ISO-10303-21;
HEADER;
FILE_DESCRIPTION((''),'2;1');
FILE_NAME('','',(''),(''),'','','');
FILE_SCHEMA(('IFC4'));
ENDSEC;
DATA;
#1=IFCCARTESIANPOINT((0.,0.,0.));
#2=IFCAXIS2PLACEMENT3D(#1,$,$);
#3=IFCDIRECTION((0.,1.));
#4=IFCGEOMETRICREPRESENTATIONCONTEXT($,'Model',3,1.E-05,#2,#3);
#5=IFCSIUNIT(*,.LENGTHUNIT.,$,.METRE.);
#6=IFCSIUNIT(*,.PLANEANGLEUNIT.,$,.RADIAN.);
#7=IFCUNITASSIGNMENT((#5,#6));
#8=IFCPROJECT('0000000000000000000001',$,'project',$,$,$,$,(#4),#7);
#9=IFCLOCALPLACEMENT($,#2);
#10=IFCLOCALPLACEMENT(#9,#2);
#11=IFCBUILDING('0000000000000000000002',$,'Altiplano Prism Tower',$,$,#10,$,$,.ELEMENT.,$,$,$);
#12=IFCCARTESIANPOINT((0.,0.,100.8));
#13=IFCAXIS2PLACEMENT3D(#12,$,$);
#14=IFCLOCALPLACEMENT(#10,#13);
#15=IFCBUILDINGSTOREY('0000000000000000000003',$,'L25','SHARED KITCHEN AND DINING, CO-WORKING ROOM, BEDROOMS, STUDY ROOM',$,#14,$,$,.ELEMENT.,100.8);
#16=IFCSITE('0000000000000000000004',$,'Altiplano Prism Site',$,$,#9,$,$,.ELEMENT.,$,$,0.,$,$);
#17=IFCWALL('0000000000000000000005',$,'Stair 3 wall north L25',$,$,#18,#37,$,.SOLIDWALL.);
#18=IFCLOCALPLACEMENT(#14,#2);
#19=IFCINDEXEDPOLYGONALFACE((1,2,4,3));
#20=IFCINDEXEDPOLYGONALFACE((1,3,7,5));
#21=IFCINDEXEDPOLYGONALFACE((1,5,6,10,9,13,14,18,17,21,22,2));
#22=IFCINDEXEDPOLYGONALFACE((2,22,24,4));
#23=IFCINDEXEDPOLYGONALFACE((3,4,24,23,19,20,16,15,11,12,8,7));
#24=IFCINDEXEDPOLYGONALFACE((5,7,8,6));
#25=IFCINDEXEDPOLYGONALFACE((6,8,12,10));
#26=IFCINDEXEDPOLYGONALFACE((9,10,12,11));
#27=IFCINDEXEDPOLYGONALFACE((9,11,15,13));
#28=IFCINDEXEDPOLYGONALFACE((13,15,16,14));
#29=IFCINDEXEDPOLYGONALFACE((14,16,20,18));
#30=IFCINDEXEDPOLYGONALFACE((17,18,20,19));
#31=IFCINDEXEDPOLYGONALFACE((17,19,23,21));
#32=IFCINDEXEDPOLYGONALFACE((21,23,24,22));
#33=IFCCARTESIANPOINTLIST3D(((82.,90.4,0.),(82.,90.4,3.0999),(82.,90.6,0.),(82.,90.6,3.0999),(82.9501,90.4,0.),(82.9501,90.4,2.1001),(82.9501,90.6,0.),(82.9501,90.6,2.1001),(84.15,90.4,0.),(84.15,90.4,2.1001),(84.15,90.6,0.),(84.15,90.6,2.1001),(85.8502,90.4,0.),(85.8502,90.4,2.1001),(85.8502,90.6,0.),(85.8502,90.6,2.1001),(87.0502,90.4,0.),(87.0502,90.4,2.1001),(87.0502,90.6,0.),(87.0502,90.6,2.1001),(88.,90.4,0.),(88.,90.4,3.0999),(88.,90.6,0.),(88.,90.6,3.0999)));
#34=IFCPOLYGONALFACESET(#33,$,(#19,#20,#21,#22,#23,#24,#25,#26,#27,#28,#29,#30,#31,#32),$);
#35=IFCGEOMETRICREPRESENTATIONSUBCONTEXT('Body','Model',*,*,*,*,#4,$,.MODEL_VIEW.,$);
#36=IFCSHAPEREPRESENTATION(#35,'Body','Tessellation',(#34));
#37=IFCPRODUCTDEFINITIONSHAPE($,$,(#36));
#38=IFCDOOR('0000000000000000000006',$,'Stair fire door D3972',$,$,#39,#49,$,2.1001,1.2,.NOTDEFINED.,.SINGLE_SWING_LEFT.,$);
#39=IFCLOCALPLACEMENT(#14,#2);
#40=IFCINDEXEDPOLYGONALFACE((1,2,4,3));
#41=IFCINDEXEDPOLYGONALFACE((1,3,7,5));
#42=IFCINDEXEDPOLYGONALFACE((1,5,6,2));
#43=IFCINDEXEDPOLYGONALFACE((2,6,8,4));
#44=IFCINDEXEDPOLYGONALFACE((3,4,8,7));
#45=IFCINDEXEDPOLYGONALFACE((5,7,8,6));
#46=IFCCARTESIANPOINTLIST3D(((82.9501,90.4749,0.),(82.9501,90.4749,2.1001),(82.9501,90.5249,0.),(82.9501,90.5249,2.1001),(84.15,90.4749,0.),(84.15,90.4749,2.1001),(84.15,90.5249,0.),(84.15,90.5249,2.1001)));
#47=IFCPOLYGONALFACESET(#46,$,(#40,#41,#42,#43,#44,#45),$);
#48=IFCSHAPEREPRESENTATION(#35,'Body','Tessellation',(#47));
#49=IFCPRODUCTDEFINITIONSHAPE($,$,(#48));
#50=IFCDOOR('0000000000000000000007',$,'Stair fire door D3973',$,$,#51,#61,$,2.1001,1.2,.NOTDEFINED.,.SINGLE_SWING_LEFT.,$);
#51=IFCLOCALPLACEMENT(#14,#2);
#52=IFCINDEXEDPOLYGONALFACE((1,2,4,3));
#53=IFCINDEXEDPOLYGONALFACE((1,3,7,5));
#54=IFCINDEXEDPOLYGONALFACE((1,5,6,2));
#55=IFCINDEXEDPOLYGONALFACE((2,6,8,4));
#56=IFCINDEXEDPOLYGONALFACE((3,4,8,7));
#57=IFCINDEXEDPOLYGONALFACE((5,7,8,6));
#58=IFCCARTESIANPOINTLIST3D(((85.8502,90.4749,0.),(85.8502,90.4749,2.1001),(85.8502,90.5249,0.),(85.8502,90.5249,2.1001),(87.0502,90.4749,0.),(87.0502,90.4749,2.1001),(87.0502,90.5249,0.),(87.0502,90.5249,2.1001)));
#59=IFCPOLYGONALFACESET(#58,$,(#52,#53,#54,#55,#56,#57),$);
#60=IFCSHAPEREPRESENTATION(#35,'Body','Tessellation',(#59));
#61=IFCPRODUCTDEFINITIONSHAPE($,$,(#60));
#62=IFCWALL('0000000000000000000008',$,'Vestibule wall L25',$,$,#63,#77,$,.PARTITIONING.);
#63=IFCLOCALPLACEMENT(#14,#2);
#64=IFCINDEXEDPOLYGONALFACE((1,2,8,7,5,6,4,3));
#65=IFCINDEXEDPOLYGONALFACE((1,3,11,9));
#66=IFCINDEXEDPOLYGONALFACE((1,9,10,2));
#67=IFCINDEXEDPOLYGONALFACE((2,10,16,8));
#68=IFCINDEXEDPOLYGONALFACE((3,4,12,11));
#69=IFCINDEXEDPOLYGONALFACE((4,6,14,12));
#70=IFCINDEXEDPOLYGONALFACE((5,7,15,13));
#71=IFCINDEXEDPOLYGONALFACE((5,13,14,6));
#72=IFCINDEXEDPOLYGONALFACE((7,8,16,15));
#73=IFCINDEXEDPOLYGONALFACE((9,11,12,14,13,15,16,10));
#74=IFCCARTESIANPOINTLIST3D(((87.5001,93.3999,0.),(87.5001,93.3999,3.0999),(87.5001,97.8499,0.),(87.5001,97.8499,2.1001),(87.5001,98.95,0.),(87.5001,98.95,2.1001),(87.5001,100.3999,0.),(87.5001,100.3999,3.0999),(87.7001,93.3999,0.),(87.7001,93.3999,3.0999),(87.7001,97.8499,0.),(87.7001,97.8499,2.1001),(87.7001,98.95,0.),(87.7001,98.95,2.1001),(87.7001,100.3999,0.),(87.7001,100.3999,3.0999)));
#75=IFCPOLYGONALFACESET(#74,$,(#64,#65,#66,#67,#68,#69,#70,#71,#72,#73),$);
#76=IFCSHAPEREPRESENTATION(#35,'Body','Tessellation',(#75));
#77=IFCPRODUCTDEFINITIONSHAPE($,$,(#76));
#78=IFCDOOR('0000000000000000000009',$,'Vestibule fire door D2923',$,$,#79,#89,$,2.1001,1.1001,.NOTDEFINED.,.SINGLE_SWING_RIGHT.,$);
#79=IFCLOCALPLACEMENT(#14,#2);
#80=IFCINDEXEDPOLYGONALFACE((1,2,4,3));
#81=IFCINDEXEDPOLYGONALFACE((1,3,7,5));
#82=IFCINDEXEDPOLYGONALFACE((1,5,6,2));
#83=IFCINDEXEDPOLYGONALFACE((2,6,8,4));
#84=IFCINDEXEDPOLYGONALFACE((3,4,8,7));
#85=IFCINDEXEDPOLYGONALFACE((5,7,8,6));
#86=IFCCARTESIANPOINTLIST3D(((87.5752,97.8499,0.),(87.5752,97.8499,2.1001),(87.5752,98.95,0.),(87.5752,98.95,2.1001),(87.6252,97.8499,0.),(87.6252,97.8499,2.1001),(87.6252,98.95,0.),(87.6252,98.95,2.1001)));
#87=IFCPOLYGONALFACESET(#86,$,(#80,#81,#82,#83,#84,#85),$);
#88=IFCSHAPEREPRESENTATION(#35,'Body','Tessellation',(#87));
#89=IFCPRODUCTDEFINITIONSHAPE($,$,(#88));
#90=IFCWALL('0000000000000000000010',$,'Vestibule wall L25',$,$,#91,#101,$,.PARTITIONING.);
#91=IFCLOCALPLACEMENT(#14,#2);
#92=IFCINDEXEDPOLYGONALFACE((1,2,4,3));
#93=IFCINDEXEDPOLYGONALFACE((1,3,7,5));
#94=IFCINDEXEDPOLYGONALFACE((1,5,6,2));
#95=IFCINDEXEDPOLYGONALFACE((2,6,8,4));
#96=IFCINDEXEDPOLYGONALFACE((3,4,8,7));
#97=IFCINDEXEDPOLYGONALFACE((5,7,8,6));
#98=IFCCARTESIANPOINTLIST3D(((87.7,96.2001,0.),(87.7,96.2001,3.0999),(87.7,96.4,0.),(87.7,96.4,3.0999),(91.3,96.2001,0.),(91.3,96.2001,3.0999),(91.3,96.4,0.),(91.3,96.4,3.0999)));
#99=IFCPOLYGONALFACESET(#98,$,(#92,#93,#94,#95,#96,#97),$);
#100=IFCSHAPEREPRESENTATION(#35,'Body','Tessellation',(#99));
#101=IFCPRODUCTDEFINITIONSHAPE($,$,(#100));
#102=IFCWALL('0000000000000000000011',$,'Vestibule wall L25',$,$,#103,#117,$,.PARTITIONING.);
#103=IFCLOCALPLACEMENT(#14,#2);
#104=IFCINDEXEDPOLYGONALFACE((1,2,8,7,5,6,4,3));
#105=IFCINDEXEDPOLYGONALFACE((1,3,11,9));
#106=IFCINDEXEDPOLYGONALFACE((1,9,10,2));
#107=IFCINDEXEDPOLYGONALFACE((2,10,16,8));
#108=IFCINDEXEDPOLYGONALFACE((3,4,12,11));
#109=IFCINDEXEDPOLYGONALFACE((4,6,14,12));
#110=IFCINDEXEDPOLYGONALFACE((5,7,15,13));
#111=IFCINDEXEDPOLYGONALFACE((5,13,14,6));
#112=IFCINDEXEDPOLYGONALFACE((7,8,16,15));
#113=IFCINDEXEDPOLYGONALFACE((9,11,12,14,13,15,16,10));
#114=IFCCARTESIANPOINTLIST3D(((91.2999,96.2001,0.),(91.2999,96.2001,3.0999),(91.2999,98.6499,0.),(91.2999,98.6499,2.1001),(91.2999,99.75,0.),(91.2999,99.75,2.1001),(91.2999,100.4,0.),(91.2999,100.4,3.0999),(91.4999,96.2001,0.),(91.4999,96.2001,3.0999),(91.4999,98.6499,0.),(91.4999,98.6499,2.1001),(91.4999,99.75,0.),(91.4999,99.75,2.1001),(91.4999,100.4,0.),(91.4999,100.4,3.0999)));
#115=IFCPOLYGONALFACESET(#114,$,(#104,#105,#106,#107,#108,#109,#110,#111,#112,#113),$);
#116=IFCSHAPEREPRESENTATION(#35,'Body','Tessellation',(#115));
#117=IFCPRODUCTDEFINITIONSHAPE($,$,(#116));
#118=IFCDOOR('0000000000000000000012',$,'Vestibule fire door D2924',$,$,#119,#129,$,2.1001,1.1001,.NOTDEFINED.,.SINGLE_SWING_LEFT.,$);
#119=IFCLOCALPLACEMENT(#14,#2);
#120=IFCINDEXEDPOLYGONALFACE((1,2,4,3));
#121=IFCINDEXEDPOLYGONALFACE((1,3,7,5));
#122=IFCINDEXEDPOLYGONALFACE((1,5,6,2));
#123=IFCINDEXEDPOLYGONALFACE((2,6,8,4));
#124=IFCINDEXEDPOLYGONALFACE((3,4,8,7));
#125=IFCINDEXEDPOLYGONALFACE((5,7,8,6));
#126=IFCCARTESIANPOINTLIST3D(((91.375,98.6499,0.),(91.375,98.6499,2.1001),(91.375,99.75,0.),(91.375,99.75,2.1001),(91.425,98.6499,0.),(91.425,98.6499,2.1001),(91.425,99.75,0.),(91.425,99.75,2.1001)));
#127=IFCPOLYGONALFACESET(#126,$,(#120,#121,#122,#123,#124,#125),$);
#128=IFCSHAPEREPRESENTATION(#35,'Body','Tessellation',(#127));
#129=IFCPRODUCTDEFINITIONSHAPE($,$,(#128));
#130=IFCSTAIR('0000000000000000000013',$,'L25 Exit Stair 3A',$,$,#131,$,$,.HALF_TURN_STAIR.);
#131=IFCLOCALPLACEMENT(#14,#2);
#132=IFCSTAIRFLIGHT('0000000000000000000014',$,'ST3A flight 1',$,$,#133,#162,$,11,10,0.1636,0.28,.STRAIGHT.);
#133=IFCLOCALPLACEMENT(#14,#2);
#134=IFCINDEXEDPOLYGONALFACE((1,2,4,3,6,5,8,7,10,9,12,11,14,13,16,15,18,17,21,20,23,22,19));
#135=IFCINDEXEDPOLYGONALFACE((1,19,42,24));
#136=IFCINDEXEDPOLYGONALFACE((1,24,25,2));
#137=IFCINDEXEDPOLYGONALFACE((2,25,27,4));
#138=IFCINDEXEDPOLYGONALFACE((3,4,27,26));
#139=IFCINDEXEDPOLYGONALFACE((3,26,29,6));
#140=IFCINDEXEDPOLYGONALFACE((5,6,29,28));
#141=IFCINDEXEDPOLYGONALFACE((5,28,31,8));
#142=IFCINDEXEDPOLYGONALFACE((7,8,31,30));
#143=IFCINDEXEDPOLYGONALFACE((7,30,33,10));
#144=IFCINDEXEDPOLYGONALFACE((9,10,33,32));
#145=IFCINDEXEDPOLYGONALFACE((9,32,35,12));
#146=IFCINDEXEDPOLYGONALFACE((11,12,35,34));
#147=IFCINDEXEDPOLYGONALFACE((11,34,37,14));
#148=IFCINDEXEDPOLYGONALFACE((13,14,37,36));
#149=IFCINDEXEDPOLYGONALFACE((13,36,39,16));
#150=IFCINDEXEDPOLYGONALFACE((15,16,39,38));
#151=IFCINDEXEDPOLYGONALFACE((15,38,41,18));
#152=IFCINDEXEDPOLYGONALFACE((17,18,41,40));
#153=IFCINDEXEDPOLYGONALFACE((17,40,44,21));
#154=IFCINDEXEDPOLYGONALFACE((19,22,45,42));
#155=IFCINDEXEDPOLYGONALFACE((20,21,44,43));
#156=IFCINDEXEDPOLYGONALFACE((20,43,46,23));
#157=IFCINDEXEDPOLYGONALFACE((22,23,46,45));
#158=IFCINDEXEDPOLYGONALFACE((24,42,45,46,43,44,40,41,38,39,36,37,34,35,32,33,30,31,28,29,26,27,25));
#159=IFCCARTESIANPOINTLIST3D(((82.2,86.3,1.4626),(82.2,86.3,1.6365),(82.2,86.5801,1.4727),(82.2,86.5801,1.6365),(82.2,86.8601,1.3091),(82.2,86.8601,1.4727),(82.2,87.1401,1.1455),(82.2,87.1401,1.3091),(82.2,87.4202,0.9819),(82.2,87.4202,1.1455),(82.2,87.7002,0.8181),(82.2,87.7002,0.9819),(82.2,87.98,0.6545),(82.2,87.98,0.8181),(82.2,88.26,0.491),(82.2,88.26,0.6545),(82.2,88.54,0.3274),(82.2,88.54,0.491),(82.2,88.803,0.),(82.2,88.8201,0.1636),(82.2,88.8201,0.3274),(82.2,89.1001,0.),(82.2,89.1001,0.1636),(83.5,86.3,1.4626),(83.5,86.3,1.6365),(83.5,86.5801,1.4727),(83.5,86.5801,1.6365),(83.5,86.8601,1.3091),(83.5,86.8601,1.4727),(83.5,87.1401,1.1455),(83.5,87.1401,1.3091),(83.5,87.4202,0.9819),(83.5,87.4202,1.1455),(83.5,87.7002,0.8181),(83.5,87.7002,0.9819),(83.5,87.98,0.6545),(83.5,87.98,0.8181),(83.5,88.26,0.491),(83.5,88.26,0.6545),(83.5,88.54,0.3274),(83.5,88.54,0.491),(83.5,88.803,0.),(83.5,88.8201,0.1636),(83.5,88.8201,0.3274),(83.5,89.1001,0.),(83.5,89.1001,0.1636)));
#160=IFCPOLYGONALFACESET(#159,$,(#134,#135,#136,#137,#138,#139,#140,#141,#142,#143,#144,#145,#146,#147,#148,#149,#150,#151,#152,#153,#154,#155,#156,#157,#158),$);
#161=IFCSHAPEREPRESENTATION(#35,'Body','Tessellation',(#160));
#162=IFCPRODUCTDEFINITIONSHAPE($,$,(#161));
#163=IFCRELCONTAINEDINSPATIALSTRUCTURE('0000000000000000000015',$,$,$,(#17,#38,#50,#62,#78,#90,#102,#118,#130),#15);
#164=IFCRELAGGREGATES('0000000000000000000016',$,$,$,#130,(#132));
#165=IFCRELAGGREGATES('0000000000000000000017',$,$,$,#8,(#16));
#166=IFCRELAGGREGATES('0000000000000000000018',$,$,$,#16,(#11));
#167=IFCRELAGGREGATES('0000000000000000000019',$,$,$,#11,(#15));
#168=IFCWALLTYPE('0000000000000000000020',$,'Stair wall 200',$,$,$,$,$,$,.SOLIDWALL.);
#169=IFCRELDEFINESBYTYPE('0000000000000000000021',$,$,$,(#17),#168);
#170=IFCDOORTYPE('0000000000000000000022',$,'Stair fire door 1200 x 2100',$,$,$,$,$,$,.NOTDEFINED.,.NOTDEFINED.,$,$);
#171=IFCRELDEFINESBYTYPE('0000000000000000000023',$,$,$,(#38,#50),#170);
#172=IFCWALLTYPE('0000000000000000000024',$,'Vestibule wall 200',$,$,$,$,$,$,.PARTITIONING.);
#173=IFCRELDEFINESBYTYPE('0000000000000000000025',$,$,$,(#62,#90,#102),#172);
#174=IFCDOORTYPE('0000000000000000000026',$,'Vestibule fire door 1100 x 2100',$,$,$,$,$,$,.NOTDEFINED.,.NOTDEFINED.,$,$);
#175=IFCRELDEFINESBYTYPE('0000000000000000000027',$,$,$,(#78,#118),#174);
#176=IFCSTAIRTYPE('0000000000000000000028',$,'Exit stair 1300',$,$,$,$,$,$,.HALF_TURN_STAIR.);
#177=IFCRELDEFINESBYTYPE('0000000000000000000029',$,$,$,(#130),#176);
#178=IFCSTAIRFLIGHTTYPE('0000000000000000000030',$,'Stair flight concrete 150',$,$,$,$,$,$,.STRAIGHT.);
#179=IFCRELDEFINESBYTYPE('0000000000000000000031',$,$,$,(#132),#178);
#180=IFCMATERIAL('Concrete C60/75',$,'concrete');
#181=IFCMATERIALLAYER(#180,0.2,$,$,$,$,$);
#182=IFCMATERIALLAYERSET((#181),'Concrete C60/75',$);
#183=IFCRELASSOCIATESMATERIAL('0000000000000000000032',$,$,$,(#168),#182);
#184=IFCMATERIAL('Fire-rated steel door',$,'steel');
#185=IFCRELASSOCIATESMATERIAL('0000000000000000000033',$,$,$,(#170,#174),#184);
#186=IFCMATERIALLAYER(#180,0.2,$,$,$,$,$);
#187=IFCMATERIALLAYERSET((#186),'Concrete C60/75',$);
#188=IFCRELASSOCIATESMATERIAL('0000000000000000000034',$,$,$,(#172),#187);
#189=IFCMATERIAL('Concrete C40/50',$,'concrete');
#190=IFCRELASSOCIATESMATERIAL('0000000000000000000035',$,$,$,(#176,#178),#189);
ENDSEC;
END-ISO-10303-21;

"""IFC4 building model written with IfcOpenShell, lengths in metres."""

from ifc_helpers import new_model, si_unit, direction, frame, frame_2d, origin, place, context, subcontext, project, spatial, polyline, rectangle, outline, extrude, material, layer, layer_set, type_object, element, fill, aggregate, save


model = new_model("IFC4")

# Units and contexts
model_context = context("Model", 3, precision=1e-05, world=origin(), true_north=direction((0.0, 1.0)))
body_context = subcontext(model_context, "Body", "Model", "MODEL_VIEW")
ifc_project = project(units=[si_unit("LENGTHUNIT", "METRE"), si_unit("PLANEANGLEUNIT", "RADIAN")], contexts=[model_context])

# Site, building, storey
site_placement = place(None, origin())
site = spatial("IfcSite", under=ifc_project, at=site_placement, Name="Altiplano Prism Site", CompositionType="ELEMENT", RefElevation=0.0)
building_placement = place(site_placement, origin())
building = spatial("IfcBuilding", under=site, at=building_placement, Name="Altiplano Prism Tower", CompositionType="ELEMENT")
storey_placement = place(building_placement, frame((0.0, 0.0, 100.8)))
storey = spatial("IfcBuildingStorey", under=building, at=storey_placement, Name="L25", Description="SHARED KITCHEN AND DINING, CO-WORKING ROOM, BEDROOMS, STUDY ROOM", CompositionType="ELEMENT", Elevation=100.8)

# Shared definitions
ifc_material_1 = material(Name="Concrete C60/75", Category="concrete")

# Wall, openings, doors
ifc_layer_1 = layer(ifc_material_1, 0.2)
ifc_layer_set_1 = layer_set([ifc_layer_1], Name="Concrete C60/75")
wall_type_1 = type_object("IfcWallType", Name="Stair wall 200", PredefinedType="SOLIDWALL", material=ifc_layer_set_1)
wall_1_placement = place(storey_placement, frame((82.0, 90.5, 0.0), z_axis=(0.0, 0.0, 1.0), x_axis=(1.0, 0.0, 0.0)))
wall_1 = element("IfcWall", 1, at=wall_1_placement, inside=storey, type_object=wall_type_1, Name="Stair 3 wall north L25", PredefinedType="SOLIDWALL", context=body_context, shape_type="SweptSolid", body=[
    extrude(rectangle(XDim=6.0, YDim=0.2, at=frame_2d((3.0, 0.0))), origin(), (0.0, 0.0, 1.0), 3.0999),
])
opening_1_placement = place(wall_1_placement, frame((0.95, 0.0, 0.0)))
opening_1 = element("IfcOpeningElement", 2, at=opening_1_placement, cuts=wall_1, PredefinedType="OPENING", context=body_context, shape_type="SweptSolid", body=[
    extrude(rectangle(XDim=1.2, YDim=2.1001, at=frame_2d((0.6001, 1.05))), frame((0.0, 0.1104, 0.0), z_axis=(0.0, -1.0, 0.0), x_axis=(1.0, 0.0, 0.0)), (0.0, 0.0, 1.0), 0.2209),
])
opening_2_placement = place(wall_1_placement, frame((3.8501, 0.0, 0.0)))
opening_2 = element("IfcOpeningElement", 3, at=opening_2_placement, cuts=wall_1, PredefinedType="OPENING", context=body_context, shape_type="SweptSolid", body=[
    extrude(rectangle(XDim=1.2, YDim=2.1001, at=frame_2d((0.6001, 1.05))), frame((0.0, 0.1104, 0.0), z_axis=(0.0, -1.0, 0.0), x_axis=(1.0, 0.0, 0.0)), (0.0, 0.0, 1.0), 0.2209),
])
ifc_material_2 = material(Name="Fire-rated steel door", Category="steel")
door_type_1 = type_object("IfcDoorType", Name="Stair fire door 1200 x 2100", OperationType="NOTDEFINED", PredefinedType="NOTDEFINED", material=ifc_material_2)
door_1_placement = place(opening_1_placement, origin())
door_1 = element("IfcDoor", 4, at=door_1_placement, inside=storey, type_object=door_type_1, Name="Stair fire door D3972", OperationType="SINGLE_SWING_LEFT", OverallHeight=2.1001, OverallWidth=1.2, PredefinedType="NOTDEFINED", context=body_context, shape_type="SweptSolid", body=[
    extrude(rectangle(XDim=1.2, YDim=2.1001, at=frame_2d((0.6001, 1.05))), frame((0.0, 0.0249, 0.0), z_axis=(0.0, -1.0, 0.0), x_axis=(1.0, 0.0, 0.0)), (0.0, 0.0, 1.0), 0.05),
])
fill(opening_1, door_1)
door_2_placement = place(opening_2_placement, origin())
door_2 = element("IfcDoor", 5, at=door_2_placement, inside=storey, type_object=door_type_1, Name="Stair fire door D3973", OperationType="SINGLE_SWING_LEFT", OverallHeight=2.1001, OverallWidth=1.2, PredefinedType="NOTDEFINED", context=body_context, shape_type="SweptSolid", body=[
    extrude(rectangle(XDim=1.2, YDim=2.1001, at=frame_2d((0.6001, 1.05))), frame((0.0, 0.0249, 0.0), z_axis=(0.0, -1.0, 0.0), x_axis=(1.0, 0.0, 0.0)), (0.0, 0.0, 1.0), 0.05),
])
fill(opening_2, door_2)

# Wall, opening, door
ifc_layer_2 = layer(ifc_material_1, 0.2)
ifc_layer_set_2 = layer_set([ifc_layer_2], Name="Concrete C60/75")
wall_type_2 = type_object("IfcWallType", Name="Vestibule wall 200", PredefinedType="PARTITIONING", material=ifc_layer_set_2)
wall_2_placement = place(storey_placement, frame((87.6001, 93.3999, 0.0), z_axis=(0.0, 0.0, 1.0), x_axis=(0.0, 1.0, 0.0)))
wall_2 = element("IfcWall", 6, at=wall_2_placement, inside=storey, type_object=wall_type_2, Name="Vestibule wall L25", PredefinedType="PARTITIONING", context=body_context, shape_type="SweptSolid", body=[
    extrude(rectangle(XDim=7.0, YDim=0.2, at=frame_2d((3.5, 0.0))), origin(), (0.0, 0.0, 1.0), 3.0999),
])
opening_3_placement = place(wall_2_placement, frame((4.45, 0.0, 0.0)))
opening_3 = element("IfcOpeningElement", 7, at=opening_3_placement, cuts=wall_2, PredefinedType="OPENING", context=body_context, shape_type="SweptSolid", body=[
    extrude(rectangle(XDim=1.1001, YDim=2.1001, at=frame_2d((0.55, 1.05))), frame((0.0, 0.1104, 0.0), z_axis=(0.0, -1.0, 0.0), x_axis=(1.0, 0.0, 0.0)), (0.0, 0.0, 1.0), 0.2209),
])
door_type_2 = type_object("IfcDoorType", Name="Vestibule fire door 1100 x 2100", OperationType="NOTDEFINED", PredefinedType="NOTDEFINED", material=ifc_material_2)
door_3_placement = place(opening_3_placement, origin())
door_3 = element("IfcDoor", 8, at=door_3_placement, inside=storey, type_object=door_type_2, Name="Vestibule fire door D2923", OperationType="SINGLE_SWING_RIGHT", OverallHeight=2.1001, OverallWidth=1.1001, PredefinedType="NOTDEFINED", context=body_context, shape_type="SweptSolid", body=[
    extrude(rectangle(XDim=1.1001, YDim=2.1001, at=frame_2d((0.55, 1.05))), frame((0.0, 0.0249, 0.0), z_axis=(0.0, -1.0, 0.0), x_axis=(1.0, 0.0, 0.0)), (0.0, 0.0, 1.0), 0.05),
])
fill(opening_3, door_3)

# Wall
wall_3_placement = place(storey_placement, frame((87.7, 96.3, 0.0), z_axis=(0.0, 0.0, 1.0), x_axis=(1.0, 0.0, 0.0)))
element("IfcWall", 9, at=wall_3_placement, inside=storey, type_object=wall_type_2, Name="Vestibule wall L25", PredefinedType="PARTITIONING", context=body_context, shape_type="SweptSolid", body=[
    extrude(rectangle(XDim=3.6001, YDim=0.2, at=frame_2d((1.8, 0.0))), origin(), (0.0, 0.0, 1.0), 3.0999),
])

# Wall, opening, door
wall_4_placement = place(storey_placement, frame((91.3999, 96.2, 0.0), z_axis=(0.0, 0.0, 1.0), x_axis=(0.0, 1.0, 0.0)))
wall_4 = element("IfcWall", 10, at=wall_4_placement, inside=storey, type_object=wall_type_2, Name="Vestibule wall L25", PredefinedType="PARTITIONING", context=body_context, shape_type="SweptSolid", body=[
    extrude(rectangle(XDim=4.2, YDim=0.2, at=frame_2d((2.1001, 0.0))), origin(), (0.0, 0.0, 1.0), 3.0999),
])
opening_4_placement = place(wall_4_placement, frame((2.45, 0.0, 0.0)))
opening_4 = element("IfcOpeningElement", 11, at=opening_4_placement, cuts=wall_4, PredefinedType="OPENING", context=body_context, shape_type="SweptSolid", body=[
    extrude(rectangle(XDim=1.1001, YDim=2.1001, at=frame_2d((0.55, 1.05))), frame((0.0, 0.1104, 0.0), z_axis=(0.0, -1.0, 0.0), x_axis=(1.0, 0.0, 0.0)), (0.0, 0.0, 1.0), 0.2209),
])
door_4_placement = place(opening_4_placement, origin())
door_4 = element("IfcDoor", 12, at=door_4_placement, inside=storey, type_object=door_type_2, Name="Vestibule fire door D2924", OperationType="SINGLE_SWING_LEFT", OverallHeight=2.1001, OverallWidth=1.1001, PredefinedType="NOTDEFINED", context=body_context, shape_type="SweptSolid", body=[
    extrude(rectangle(XDim=1.1001, YDim=2.1001, at=frame_2d((0.55, 1.05))), frame((0.0, 0.0249, 0.0), z_axis=(0.0, -1.0, 0.0), x_axis=(1.0, 0.0, 0.0)), (0.0, 0.0, 1.0), 0.05),
])
fill(opening_4, door_4)

# Stair, stair flight
ifc_material_3 = material(Name="Concrete C40/50", Category="concrete")
stair_type = type_object("IfcStairType", Name="Exit stair 1300", PredefinedType="HALF_TURN_STAIR", material=ifc_material_3)
stair_1_placement = place(storey_placement, origin())
stair_1 = element("IfcStair", 13, at=stair_1_placement, inside=storey, type_object=stair_type, Name="L25 Exit Stair 3A", PredefinedType="HALF_TURN_STAIR")
stair_flight_type = type_object("IfcStairFlightType", Name="Stair flight concrete 150", PredefinedType="STRAIGHT", material=ifc_material_3)
stair_flight_1_placement = place(storey_placement, frame((82.8501, 89.1001, 0.0), z_axis=(0.0, 0.0, 1.0), x_axis=(0.0, -1.0, 0.0)))
stair_flight_1 = element("IfcStairFlight", 14, at=stair_flight_1_placement, type_object=stair_flight_type, Name="ST3A flight 1", NumberOfRisers=11, NumberOfTreads=10, PredefinedType="STRAIGHT", RiserHeight=0.1636, TreadLength=0.28, context=body_context, shape_type="SweptSolid", body=[
    extrude(outline(polyline([(0.0, 0.0), (0.0, 0.1636), (0.28, 0.1636), (0.28, 0.3274), (0.5601, 0.3274), (0.5601, 0.491), (0.8401, 0.491), (0.8401, 0.6545), (1.1201, 0.6545), (1.1201, 0.8181), (1.3999, 0.8181), (1.3999, 0.9819), (1.6799, 0.9819), (1.6799, 1.1455), (1.96, 1.1455), (1.96, 1.3091), (2.24, 1.3091), (2.24, 1.4727), (2.52, 1.4727), (2.52, 1.6365), (2.8, 1.6365), (2.8, 1.8), (2.8, 1.4626), (0.2971, 0.0), (0.0, 0.0)])), frame((0.0, 0.6499, 0.0), z_axis=(0.0, -1.0, 0.0), x_axis=(1.0, 0.0, 0.0)), (0.0, 0.0, 1.0), 1.3),
])
aggregate(stair_1, [stair_flight_1])

save(model, "model.ifc")
